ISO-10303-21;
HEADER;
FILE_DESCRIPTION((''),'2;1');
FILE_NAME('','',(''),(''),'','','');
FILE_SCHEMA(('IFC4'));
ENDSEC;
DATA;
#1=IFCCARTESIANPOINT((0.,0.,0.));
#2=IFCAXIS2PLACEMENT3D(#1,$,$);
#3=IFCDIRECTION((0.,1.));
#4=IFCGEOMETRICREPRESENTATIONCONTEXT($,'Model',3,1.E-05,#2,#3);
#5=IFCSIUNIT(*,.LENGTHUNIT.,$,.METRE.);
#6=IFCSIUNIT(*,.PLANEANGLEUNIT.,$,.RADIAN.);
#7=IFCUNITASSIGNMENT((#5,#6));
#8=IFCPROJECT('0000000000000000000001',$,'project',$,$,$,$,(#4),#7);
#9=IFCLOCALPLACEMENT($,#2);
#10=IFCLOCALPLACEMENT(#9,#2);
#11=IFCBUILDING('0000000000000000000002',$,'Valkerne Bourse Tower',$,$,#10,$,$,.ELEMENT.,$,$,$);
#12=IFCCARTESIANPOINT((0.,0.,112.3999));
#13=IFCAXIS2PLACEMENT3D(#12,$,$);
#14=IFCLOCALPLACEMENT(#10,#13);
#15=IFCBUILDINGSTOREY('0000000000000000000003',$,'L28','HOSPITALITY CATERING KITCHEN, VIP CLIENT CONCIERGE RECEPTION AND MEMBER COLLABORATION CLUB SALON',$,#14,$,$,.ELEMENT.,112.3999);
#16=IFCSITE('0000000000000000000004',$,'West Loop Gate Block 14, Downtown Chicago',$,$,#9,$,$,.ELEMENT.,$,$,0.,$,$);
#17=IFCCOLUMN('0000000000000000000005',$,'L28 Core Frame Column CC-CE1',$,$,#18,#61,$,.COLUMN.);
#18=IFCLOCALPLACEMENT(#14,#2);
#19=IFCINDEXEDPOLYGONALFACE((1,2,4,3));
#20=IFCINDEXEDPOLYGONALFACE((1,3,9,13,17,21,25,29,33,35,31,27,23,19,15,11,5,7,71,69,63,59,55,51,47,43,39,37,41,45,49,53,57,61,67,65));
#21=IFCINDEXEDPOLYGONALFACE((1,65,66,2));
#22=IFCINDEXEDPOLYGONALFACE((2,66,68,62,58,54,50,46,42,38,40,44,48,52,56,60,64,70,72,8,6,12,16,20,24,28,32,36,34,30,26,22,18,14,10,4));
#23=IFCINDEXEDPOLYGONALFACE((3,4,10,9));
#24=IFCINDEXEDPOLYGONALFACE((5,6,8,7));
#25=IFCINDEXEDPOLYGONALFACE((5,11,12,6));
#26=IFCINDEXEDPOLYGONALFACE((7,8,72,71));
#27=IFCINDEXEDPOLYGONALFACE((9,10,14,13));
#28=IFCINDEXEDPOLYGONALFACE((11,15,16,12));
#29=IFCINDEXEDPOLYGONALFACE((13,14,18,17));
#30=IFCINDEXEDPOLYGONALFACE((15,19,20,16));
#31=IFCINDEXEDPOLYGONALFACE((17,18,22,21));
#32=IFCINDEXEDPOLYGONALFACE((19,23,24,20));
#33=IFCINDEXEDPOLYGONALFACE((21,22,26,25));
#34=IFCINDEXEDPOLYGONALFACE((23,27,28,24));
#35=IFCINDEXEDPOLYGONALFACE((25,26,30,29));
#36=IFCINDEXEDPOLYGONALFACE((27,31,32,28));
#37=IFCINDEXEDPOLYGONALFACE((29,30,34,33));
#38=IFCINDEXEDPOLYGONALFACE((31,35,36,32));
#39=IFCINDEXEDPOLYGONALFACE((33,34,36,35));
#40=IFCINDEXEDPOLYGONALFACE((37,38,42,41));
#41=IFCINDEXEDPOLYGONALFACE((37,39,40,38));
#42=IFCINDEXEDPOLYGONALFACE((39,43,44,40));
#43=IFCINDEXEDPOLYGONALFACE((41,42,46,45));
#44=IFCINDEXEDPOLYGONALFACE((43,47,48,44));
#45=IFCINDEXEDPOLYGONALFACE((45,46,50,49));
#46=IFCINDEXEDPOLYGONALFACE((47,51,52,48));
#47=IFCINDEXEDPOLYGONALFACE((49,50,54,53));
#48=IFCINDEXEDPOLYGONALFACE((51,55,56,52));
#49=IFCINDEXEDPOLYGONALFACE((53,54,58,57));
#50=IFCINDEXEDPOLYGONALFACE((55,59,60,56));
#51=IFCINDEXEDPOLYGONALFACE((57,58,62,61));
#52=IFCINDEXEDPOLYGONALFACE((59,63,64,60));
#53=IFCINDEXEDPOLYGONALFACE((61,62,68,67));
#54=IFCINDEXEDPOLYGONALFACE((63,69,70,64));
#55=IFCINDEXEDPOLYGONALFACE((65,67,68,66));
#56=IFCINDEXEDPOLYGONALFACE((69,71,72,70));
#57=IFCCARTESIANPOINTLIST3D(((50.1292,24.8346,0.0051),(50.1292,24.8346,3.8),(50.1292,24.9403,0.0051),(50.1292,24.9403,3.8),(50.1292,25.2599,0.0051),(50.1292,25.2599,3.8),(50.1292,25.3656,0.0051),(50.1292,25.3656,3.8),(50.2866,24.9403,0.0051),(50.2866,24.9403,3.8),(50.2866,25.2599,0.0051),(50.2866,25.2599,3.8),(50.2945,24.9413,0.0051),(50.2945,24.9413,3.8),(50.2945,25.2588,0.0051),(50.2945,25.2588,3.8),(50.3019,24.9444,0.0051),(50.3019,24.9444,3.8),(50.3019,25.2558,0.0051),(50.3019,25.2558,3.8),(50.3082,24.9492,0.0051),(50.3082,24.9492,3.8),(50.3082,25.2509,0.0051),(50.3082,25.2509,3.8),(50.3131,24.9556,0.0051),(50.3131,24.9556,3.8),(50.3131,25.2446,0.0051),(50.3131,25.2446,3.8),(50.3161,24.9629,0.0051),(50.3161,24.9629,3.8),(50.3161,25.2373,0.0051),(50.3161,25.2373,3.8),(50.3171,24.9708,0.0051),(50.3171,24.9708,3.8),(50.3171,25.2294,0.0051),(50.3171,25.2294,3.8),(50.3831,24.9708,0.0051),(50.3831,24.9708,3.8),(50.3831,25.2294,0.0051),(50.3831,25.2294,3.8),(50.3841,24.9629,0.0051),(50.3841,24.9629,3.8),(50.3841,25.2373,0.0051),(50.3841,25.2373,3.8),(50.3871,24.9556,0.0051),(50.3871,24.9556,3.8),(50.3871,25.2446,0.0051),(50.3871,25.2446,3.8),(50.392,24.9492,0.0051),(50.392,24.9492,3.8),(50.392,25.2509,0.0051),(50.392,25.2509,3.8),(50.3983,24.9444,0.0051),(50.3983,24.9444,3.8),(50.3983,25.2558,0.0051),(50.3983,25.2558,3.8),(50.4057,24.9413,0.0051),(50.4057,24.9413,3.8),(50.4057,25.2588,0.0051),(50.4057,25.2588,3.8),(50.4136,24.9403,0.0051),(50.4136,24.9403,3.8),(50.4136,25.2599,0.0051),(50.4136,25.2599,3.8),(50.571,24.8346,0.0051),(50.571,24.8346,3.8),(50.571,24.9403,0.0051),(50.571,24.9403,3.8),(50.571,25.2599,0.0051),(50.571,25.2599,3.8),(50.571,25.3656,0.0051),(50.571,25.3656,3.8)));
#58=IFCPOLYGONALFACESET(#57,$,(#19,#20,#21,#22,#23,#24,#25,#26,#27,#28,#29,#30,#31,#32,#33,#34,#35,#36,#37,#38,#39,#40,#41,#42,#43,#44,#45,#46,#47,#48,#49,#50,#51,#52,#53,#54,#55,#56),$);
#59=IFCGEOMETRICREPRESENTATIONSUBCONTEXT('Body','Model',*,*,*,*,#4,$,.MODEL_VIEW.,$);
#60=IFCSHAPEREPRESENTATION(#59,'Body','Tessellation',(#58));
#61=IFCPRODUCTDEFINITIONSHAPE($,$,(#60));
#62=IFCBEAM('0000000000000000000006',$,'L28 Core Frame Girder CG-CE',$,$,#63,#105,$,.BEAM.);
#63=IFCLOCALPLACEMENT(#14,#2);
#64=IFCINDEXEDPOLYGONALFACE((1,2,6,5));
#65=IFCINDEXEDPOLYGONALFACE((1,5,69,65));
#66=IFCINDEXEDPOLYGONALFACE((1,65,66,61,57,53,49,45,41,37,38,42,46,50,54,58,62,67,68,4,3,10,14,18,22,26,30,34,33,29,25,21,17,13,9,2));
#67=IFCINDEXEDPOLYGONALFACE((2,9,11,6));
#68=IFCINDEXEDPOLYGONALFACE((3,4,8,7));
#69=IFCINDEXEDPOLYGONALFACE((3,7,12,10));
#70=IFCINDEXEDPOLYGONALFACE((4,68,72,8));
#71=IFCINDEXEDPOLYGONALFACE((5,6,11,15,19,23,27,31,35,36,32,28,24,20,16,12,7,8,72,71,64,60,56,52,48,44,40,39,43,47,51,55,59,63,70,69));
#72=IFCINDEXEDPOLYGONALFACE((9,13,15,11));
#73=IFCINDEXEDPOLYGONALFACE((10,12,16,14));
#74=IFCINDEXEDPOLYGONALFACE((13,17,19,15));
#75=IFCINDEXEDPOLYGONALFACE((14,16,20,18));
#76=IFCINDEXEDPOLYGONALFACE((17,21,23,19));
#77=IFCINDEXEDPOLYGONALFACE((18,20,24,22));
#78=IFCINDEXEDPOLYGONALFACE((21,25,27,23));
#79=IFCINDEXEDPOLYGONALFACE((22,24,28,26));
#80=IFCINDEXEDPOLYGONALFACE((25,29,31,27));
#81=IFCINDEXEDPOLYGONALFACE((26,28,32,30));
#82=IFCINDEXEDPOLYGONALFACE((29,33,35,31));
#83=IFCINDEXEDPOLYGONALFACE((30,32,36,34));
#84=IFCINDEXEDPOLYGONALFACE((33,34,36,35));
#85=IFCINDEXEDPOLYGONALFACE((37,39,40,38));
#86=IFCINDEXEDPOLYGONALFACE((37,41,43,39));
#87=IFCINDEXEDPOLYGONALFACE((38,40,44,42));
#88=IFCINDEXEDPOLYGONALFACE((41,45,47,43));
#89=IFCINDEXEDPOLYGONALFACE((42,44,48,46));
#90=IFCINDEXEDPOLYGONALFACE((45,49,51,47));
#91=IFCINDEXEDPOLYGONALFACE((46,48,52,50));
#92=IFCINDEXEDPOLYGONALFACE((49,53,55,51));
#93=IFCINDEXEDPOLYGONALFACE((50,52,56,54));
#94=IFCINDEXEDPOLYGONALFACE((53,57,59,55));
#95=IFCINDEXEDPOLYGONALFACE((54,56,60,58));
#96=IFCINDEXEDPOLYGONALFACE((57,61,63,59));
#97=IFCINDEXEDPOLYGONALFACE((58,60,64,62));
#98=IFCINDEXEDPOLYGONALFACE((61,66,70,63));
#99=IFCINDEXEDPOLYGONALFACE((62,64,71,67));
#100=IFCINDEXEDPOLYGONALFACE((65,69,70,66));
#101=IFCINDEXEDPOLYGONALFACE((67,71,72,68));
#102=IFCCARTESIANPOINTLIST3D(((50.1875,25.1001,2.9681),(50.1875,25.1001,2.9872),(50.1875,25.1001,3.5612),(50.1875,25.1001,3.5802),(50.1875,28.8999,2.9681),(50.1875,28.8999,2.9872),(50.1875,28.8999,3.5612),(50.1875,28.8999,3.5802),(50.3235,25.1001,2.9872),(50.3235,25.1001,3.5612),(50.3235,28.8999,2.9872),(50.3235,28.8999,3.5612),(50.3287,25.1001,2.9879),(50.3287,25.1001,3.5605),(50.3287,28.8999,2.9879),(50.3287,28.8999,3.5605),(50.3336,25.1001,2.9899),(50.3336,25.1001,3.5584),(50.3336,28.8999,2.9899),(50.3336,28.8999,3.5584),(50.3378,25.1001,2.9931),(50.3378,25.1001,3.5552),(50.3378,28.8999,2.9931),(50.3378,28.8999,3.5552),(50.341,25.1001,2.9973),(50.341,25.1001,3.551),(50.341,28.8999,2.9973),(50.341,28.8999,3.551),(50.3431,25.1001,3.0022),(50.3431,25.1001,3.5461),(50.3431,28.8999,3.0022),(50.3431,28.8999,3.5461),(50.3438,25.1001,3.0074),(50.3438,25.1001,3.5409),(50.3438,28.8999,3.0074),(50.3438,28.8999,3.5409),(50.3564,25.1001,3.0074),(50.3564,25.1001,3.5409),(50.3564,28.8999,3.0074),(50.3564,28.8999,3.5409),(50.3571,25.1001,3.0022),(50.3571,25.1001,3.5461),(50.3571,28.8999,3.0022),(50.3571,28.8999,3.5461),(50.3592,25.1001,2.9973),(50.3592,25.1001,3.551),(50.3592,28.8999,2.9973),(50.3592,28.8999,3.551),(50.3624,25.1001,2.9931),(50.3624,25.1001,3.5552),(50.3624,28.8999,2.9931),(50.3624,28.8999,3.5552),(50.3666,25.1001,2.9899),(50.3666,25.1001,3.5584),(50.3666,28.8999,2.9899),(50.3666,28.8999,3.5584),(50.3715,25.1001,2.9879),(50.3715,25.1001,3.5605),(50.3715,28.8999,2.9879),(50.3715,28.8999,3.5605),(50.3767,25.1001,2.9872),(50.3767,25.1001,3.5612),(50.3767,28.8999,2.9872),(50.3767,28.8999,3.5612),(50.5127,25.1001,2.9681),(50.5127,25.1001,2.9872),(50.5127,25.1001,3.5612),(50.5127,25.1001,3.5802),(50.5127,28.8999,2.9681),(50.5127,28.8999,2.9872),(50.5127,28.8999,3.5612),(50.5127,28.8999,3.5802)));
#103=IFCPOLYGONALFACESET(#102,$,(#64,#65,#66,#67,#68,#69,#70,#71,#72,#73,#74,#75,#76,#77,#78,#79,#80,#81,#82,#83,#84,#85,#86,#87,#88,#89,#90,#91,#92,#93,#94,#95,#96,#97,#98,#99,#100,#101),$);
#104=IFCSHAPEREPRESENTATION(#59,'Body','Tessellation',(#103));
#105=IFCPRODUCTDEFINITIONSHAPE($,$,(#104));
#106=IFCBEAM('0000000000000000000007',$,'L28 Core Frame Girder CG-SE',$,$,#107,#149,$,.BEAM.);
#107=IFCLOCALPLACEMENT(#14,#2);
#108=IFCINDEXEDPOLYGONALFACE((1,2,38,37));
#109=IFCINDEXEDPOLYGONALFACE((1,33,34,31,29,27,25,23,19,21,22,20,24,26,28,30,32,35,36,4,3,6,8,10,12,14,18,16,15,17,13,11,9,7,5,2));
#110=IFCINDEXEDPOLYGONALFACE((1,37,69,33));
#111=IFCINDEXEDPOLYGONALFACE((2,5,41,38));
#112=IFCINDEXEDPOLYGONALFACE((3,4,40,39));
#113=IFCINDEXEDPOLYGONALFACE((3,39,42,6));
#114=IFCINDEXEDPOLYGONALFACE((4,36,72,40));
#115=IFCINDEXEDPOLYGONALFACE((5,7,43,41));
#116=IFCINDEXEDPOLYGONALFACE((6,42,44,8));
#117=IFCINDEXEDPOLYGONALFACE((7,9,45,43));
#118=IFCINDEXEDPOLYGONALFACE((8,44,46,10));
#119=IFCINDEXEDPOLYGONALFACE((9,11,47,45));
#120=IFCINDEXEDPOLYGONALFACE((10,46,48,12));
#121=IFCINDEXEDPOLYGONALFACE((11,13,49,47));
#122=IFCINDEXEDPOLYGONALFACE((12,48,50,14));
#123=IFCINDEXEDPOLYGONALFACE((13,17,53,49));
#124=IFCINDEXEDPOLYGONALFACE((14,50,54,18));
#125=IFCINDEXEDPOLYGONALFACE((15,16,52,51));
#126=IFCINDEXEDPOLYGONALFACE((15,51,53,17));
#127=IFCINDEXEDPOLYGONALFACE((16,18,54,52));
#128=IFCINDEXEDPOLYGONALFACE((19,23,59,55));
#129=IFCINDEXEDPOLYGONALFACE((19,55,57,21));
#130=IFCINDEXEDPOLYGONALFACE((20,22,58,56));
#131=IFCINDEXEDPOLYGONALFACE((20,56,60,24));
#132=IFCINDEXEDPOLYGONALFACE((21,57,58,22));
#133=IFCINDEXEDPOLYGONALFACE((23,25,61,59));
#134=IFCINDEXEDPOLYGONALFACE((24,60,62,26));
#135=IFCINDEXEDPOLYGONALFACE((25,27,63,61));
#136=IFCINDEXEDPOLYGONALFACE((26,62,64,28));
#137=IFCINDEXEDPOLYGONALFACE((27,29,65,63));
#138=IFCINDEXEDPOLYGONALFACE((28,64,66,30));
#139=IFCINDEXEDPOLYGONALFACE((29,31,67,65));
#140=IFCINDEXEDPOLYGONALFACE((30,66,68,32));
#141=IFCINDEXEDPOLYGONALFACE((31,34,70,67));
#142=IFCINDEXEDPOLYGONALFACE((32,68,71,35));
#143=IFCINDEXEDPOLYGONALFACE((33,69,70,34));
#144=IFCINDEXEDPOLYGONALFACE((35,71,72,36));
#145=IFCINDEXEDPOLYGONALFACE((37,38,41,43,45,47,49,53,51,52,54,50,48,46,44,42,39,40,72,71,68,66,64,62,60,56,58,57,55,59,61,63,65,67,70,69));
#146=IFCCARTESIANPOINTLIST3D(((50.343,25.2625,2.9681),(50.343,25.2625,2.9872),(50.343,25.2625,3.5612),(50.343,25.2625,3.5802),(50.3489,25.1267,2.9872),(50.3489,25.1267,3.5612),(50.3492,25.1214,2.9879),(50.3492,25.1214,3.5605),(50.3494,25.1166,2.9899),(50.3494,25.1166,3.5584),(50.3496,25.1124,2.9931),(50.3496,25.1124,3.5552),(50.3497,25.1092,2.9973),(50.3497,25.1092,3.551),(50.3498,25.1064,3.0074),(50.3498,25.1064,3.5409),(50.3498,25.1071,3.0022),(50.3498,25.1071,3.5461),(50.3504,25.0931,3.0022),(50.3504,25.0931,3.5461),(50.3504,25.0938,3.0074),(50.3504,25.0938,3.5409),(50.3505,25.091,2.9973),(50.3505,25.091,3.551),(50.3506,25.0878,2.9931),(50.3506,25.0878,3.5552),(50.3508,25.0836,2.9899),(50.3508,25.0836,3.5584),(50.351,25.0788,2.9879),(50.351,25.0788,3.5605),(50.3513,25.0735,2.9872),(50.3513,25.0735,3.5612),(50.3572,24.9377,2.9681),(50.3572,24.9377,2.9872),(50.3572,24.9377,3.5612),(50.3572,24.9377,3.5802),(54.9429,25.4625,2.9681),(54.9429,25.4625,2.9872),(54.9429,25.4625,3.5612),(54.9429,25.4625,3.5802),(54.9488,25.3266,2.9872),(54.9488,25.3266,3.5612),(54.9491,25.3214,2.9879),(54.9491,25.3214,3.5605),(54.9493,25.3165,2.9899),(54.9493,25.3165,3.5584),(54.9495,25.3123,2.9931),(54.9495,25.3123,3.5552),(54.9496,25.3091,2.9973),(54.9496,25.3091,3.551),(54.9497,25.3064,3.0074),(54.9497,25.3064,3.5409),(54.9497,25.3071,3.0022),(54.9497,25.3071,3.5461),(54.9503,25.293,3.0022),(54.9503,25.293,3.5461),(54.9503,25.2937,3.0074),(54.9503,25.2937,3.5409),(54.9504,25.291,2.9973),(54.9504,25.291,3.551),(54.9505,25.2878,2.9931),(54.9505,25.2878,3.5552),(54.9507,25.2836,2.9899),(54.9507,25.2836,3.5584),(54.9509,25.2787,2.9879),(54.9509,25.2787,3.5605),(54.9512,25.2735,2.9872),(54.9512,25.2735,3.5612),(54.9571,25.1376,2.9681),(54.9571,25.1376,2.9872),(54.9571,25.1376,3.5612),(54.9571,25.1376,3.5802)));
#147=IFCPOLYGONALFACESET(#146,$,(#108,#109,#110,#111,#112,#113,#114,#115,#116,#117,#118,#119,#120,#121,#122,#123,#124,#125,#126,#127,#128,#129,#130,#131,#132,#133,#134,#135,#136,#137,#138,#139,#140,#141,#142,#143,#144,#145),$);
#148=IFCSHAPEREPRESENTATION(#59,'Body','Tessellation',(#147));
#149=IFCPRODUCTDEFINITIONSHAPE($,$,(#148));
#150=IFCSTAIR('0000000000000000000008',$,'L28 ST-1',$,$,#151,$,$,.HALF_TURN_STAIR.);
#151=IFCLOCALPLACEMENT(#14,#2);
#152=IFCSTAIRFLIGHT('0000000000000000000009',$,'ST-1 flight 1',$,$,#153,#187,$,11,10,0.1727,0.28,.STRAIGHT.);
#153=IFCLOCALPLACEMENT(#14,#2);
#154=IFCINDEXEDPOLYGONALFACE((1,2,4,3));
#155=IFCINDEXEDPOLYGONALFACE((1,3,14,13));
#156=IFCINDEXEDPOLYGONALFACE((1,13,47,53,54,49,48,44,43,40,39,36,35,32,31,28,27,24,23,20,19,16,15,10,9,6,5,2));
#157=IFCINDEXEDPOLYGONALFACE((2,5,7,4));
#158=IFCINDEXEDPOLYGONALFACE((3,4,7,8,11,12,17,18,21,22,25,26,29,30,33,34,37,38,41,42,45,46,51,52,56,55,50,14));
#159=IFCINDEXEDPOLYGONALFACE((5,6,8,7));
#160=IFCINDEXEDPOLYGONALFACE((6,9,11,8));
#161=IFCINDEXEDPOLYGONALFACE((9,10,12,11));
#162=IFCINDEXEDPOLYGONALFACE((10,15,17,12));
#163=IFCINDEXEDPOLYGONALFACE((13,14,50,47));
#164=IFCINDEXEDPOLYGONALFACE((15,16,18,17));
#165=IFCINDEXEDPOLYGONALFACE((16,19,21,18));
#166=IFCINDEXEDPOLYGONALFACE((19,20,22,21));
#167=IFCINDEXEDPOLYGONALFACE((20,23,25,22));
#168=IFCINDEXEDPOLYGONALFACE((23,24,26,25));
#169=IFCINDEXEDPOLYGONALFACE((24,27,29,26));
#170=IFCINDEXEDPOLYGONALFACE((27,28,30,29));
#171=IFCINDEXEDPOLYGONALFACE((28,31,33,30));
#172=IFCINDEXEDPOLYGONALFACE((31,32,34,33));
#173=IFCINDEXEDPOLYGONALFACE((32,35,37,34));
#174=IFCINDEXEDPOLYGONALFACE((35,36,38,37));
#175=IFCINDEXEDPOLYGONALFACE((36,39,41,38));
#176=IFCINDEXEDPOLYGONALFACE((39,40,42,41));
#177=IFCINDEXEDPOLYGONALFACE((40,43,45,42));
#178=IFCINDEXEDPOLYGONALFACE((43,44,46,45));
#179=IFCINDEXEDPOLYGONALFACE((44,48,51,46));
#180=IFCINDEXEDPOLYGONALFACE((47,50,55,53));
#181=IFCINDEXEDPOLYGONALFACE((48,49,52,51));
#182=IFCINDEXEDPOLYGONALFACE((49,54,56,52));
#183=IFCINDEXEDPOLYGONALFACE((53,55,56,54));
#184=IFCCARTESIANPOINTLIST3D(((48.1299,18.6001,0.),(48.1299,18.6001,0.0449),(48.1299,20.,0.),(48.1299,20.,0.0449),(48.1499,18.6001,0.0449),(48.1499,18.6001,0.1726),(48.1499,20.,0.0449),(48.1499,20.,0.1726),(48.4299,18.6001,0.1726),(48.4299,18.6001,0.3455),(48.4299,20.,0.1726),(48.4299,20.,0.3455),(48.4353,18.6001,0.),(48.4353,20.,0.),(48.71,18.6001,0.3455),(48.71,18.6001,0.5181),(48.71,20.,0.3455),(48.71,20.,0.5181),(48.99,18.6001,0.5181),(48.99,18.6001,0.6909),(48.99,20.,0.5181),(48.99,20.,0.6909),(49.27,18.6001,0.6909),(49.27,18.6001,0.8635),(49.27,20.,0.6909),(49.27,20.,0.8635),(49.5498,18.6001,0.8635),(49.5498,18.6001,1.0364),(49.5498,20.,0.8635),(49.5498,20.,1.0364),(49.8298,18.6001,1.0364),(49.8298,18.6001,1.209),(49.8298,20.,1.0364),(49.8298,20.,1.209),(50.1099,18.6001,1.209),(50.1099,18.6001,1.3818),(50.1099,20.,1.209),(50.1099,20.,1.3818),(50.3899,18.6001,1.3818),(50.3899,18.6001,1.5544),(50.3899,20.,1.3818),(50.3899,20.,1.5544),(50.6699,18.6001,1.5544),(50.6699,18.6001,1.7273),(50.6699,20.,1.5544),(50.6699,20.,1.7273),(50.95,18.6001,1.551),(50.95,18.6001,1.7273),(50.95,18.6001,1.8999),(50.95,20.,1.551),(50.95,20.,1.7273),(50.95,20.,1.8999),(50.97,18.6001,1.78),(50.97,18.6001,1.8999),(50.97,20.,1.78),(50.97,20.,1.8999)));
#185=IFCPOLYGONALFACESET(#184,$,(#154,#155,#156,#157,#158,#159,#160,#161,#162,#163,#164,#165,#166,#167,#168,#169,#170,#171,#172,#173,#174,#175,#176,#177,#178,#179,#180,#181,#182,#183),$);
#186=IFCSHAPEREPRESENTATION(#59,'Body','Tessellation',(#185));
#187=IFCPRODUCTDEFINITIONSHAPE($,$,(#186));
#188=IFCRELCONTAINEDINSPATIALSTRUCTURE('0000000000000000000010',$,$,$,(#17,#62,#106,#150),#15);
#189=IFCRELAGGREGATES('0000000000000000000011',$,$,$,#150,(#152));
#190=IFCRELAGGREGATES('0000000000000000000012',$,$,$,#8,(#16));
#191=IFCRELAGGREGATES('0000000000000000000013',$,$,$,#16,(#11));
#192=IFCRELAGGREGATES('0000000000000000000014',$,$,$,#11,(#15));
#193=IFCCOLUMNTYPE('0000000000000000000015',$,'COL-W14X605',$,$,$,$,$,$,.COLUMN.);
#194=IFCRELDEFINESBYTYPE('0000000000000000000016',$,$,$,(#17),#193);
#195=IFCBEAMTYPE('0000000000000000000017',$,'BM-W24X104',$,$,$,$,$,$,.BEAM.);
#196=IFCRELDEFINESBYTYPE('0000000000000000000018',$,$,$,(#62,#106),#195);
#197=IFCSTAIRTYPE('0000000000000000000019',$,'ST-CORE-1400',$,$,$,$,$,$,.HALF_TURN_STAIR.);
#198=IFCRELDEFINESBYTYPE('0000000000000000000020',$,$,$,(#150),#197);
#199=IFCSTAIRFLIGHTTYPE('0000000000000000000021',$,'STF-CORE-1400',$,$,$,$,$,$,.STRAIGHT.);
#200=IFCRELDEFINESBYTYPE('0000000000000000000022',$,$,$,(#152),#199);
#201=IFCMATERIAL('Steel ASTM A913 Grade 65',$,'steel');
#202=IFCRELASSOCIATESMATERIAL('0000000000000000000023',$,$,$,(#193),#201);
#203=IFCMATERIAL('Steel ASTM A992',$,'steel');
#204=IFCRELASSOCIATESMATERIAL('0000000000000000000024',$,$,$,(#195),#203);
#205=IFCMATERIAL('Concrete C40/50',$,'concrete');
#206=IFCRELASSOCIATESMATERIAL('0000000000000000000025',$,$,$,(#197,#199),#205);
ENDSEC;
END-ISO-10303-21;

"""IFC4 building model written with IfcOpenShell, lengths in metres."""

from ifc_helpers import new_model, si_unit, direction, frame, origin, origin_2d, place, context, subcontext, project, spatial, polyline, i_section, outline, extrude, material, material_profile, profile_set, type_object, element, aggregate, save


model = new_model("IFC4")

# Units and contexts
model_context = context("Model", 3, precision=1e-05, world=origin(), true_north=direction((0.0, 1.0)))
body_context = subcontext(model_context, "Body", "Model", "MODEL_VIEW")
ifc_project = project(units=[si_unit("LENGTHUNIT", "METRE"), si_unit("PLANEANGLEUNIT", "RADIAN")], contexts=[model_context])

# Site, building, storey
site_placement = place(None, origin())
site = spatial("IfcSite", under=ifc_project, at=site_placement, Name="West Loop Gate Block 14, Downtown Chicago", CompositionType="ELEMENT", RefElevation=0.0)
building_placement = place(site_placement, origin())
building = spatial("IfcBuilding", under=site, at=building_placement, Name="Valkerne Bourse Tower", CompositionType="ELEMENT")
storey_placement = place(building_placement, frame((0.0, 0.0, 112.3999)))
storey = spatial("IfcBuildingStorey", under=building, at=storey_placement, Name="L28", Description="HOSPITALITY CATERING KITCHEN, VIP CLIENT CONCIERGE RECEPTION AND MEMBER COLLABORATION CLUB SALON", CompositionType="ELEMENT", Elevation=112.3999)

# Column
ifc_material_1 = material(Name="Steel ASTM A913 Grade 65", Category="steel")
ifc_material_profile_1 = material_profile(ifc_material_1, i_section(OverallWidth=0.4419, OverallDepth=0.531, WebThickness=0.0659, FlangeThickness=0.1057, FilletRadius=0.0305, at=origin_2d()), Name="W14X605")
ifc_profile_set_1 = profile_set([ifc_material_profile_1], Name="Steel ASTM A913 Grade 65")
column_type = type_object("IfcColumnType", Name="COL-W14X605", PredefinedType="COLUMN", material=ifc_profile_set_1)
column_placement = place(storey_placement, frame((50.3501, 25.1001, 0.0051), z_axis=(0.0, 0.0, 1.0), x_axis=(1.0, 0.0, 0.0)))
element("IfcColumn", 1, at=column_placement, inside=storey, type_object=column_type, Name="L28 Core Frame Column CC-CE1", PredefinedType="COLUMN", context=body_context, shape_type="SweptSolid", body=[
    extrude(i_section(OverallWidth=0.4419, OverallDepth=0.531, WebThickness=0.0659, FlangeThickness=0.1057, FilletRadius=0.0305, at=origin_2d()), origin(), (0.0, 0.0, 1.0), 3.7949),
])

# Beams
ifc_material_2 = material(Name="Steel ASTM A992", Category="steel")
ifc_material_profile_2 = material_profile(ifc_material_2, i_section(OverallWidth=0.3252, OverallDepth=0.6121, WebThickness=0.0127, FlangeThickness=0.019, FilletRadius=0.0203, at=origin_2d()), Name="W24X104")
ifc_profile_set_2 = profile_set([ifc_material_profile_2], Name="Steel ASTM A992")
beam_type = type_object("IfcBeamType", Name="BM-W24X104", PredefinedType="BEAM", material=ifc_profile_set_2)
beam_1_placement = place(storey_placement, frame((50.3501, 25.1001, 3.2742), z_axis=(0.0, 1.0, 0.0), x_axis=(-1.0, 0.0, 0.0)))
element("IfcBeam", 2, at=beam_1_placement, inside=storey, type_object=beam_type, Name="L28 Core Frame Girder CG-CE", PredefinedType="BEAM", context=body_context, shape_type="SweptSolid", body=[
    extrude(i_section(OverallWidth=0.3252, OverallDepth=0.6121, WebThickness=0.0127, FlangeThickness=0.019, FilletRadius=0.0203, at=origin_2d()), origin(), (0.0, 0.0, 1.0), 3.7998),
])
beam_2_placement = place(storey_placement, frame((50.3501, 25.1001, 3.2742), z_axis=(0.999057, 0.043428, 0.0), x_axis=(-0.043428, 0.999057, 0.0)))
element("IfcBeam", 3, at=beam_2_placement, inside=storey, type_object=beam_type, Name="L28 Core Frame Girder CG-SE", PredefinedType="BEAM", context=body_context, shape_type="SweptSolid", body=[
    extrude(i_section(OverallWidth=0.3252, OverallDepth=0.6121, WebThickness=0.0127, FlangeThickness=0.019, FilletRadius=0.0203, at=origin_2d()), origin(), (0.0, 0.0, 1.0), 4.6042),
])

# Stair, stair flight
ifc_material_3 = material(Name="Concrete C40/50", Category="concrete")
stair_type = type_object("IfcStairType", Name="ST-CORE-1400", PredefinedType="HALF_TURN_STAIR", material=ifc_material_3)
stair_placement = place(storey_placement, origin())
stair = element("IfcStair", 4, at=stair_placement, inside=storey, type_object=stair_type, Name="L28 ST-1", PredefinedType="HALF_TURN_STAIR")
stair_flight_type = type_object("IfcStairFlightType", Name="STF-CORE-1400", PredefinedType="STRAIGHT", material=ifc_material_3)
stair_flight_1_placement = place(storey_placement, frame((48.1499, 19.3, 0.0), z_axis=(0.0, 0.0, 1.0), x_axis=(1.0, 0.0, 0.0)))
stair_flight_1 = element("IfcStairFlight", 5, at=stair_flight_1_placement, type_object=stair_flight_type, Name="ST-1 flight 1", NumberOfRisers=11, NumberOfTreads=10, PredefinedType="STRAIGHT", RiserHeight=0.1727, TreadLength=0.28, context=body_context, shape_type="SweptSolid", body=[
    extrude(outline(polyline([(-0.02, 0.0), (-0.02, 0.0449), (0.0, 0.0449), (0.0, 0.1726), (0.28, 0.1726), (0.28, 0.3455), (0.5601, 0.3455), (0.5601, 0.5181), (0.8401, 0.5181), (0.8401, 0.6909), (1.1201, 0.6909), (1.1201, 0.8635), (1.3999, 0.8635), (1.3999, 1.0364), (1.6799, 1.0364), (1.6799, 1.209), (1.96, 1.209), (1.96, 1.3818), (2.24, 1.3818), (2.24, 1.5544), (2.52, 1.5544), (2.52, 1.7273), (2.8, 1.7273), (2.8, 1.8999), (2.8201, 1.8999), (2.8201, 1.78), (2.8, 1.551), (0.2854, 0.0), (-0.02, 0.0)])), frame((0.0, 0.7, 0.0), z_axis=(0.0, -1.0, 0.0), x_axis=(1.0, 0.0, 0.0)), (0.0, 0.0, 1.0), 1.3999),
])
aggregate(stair, [stair_flight_1])

save(model, "model.ifc")
